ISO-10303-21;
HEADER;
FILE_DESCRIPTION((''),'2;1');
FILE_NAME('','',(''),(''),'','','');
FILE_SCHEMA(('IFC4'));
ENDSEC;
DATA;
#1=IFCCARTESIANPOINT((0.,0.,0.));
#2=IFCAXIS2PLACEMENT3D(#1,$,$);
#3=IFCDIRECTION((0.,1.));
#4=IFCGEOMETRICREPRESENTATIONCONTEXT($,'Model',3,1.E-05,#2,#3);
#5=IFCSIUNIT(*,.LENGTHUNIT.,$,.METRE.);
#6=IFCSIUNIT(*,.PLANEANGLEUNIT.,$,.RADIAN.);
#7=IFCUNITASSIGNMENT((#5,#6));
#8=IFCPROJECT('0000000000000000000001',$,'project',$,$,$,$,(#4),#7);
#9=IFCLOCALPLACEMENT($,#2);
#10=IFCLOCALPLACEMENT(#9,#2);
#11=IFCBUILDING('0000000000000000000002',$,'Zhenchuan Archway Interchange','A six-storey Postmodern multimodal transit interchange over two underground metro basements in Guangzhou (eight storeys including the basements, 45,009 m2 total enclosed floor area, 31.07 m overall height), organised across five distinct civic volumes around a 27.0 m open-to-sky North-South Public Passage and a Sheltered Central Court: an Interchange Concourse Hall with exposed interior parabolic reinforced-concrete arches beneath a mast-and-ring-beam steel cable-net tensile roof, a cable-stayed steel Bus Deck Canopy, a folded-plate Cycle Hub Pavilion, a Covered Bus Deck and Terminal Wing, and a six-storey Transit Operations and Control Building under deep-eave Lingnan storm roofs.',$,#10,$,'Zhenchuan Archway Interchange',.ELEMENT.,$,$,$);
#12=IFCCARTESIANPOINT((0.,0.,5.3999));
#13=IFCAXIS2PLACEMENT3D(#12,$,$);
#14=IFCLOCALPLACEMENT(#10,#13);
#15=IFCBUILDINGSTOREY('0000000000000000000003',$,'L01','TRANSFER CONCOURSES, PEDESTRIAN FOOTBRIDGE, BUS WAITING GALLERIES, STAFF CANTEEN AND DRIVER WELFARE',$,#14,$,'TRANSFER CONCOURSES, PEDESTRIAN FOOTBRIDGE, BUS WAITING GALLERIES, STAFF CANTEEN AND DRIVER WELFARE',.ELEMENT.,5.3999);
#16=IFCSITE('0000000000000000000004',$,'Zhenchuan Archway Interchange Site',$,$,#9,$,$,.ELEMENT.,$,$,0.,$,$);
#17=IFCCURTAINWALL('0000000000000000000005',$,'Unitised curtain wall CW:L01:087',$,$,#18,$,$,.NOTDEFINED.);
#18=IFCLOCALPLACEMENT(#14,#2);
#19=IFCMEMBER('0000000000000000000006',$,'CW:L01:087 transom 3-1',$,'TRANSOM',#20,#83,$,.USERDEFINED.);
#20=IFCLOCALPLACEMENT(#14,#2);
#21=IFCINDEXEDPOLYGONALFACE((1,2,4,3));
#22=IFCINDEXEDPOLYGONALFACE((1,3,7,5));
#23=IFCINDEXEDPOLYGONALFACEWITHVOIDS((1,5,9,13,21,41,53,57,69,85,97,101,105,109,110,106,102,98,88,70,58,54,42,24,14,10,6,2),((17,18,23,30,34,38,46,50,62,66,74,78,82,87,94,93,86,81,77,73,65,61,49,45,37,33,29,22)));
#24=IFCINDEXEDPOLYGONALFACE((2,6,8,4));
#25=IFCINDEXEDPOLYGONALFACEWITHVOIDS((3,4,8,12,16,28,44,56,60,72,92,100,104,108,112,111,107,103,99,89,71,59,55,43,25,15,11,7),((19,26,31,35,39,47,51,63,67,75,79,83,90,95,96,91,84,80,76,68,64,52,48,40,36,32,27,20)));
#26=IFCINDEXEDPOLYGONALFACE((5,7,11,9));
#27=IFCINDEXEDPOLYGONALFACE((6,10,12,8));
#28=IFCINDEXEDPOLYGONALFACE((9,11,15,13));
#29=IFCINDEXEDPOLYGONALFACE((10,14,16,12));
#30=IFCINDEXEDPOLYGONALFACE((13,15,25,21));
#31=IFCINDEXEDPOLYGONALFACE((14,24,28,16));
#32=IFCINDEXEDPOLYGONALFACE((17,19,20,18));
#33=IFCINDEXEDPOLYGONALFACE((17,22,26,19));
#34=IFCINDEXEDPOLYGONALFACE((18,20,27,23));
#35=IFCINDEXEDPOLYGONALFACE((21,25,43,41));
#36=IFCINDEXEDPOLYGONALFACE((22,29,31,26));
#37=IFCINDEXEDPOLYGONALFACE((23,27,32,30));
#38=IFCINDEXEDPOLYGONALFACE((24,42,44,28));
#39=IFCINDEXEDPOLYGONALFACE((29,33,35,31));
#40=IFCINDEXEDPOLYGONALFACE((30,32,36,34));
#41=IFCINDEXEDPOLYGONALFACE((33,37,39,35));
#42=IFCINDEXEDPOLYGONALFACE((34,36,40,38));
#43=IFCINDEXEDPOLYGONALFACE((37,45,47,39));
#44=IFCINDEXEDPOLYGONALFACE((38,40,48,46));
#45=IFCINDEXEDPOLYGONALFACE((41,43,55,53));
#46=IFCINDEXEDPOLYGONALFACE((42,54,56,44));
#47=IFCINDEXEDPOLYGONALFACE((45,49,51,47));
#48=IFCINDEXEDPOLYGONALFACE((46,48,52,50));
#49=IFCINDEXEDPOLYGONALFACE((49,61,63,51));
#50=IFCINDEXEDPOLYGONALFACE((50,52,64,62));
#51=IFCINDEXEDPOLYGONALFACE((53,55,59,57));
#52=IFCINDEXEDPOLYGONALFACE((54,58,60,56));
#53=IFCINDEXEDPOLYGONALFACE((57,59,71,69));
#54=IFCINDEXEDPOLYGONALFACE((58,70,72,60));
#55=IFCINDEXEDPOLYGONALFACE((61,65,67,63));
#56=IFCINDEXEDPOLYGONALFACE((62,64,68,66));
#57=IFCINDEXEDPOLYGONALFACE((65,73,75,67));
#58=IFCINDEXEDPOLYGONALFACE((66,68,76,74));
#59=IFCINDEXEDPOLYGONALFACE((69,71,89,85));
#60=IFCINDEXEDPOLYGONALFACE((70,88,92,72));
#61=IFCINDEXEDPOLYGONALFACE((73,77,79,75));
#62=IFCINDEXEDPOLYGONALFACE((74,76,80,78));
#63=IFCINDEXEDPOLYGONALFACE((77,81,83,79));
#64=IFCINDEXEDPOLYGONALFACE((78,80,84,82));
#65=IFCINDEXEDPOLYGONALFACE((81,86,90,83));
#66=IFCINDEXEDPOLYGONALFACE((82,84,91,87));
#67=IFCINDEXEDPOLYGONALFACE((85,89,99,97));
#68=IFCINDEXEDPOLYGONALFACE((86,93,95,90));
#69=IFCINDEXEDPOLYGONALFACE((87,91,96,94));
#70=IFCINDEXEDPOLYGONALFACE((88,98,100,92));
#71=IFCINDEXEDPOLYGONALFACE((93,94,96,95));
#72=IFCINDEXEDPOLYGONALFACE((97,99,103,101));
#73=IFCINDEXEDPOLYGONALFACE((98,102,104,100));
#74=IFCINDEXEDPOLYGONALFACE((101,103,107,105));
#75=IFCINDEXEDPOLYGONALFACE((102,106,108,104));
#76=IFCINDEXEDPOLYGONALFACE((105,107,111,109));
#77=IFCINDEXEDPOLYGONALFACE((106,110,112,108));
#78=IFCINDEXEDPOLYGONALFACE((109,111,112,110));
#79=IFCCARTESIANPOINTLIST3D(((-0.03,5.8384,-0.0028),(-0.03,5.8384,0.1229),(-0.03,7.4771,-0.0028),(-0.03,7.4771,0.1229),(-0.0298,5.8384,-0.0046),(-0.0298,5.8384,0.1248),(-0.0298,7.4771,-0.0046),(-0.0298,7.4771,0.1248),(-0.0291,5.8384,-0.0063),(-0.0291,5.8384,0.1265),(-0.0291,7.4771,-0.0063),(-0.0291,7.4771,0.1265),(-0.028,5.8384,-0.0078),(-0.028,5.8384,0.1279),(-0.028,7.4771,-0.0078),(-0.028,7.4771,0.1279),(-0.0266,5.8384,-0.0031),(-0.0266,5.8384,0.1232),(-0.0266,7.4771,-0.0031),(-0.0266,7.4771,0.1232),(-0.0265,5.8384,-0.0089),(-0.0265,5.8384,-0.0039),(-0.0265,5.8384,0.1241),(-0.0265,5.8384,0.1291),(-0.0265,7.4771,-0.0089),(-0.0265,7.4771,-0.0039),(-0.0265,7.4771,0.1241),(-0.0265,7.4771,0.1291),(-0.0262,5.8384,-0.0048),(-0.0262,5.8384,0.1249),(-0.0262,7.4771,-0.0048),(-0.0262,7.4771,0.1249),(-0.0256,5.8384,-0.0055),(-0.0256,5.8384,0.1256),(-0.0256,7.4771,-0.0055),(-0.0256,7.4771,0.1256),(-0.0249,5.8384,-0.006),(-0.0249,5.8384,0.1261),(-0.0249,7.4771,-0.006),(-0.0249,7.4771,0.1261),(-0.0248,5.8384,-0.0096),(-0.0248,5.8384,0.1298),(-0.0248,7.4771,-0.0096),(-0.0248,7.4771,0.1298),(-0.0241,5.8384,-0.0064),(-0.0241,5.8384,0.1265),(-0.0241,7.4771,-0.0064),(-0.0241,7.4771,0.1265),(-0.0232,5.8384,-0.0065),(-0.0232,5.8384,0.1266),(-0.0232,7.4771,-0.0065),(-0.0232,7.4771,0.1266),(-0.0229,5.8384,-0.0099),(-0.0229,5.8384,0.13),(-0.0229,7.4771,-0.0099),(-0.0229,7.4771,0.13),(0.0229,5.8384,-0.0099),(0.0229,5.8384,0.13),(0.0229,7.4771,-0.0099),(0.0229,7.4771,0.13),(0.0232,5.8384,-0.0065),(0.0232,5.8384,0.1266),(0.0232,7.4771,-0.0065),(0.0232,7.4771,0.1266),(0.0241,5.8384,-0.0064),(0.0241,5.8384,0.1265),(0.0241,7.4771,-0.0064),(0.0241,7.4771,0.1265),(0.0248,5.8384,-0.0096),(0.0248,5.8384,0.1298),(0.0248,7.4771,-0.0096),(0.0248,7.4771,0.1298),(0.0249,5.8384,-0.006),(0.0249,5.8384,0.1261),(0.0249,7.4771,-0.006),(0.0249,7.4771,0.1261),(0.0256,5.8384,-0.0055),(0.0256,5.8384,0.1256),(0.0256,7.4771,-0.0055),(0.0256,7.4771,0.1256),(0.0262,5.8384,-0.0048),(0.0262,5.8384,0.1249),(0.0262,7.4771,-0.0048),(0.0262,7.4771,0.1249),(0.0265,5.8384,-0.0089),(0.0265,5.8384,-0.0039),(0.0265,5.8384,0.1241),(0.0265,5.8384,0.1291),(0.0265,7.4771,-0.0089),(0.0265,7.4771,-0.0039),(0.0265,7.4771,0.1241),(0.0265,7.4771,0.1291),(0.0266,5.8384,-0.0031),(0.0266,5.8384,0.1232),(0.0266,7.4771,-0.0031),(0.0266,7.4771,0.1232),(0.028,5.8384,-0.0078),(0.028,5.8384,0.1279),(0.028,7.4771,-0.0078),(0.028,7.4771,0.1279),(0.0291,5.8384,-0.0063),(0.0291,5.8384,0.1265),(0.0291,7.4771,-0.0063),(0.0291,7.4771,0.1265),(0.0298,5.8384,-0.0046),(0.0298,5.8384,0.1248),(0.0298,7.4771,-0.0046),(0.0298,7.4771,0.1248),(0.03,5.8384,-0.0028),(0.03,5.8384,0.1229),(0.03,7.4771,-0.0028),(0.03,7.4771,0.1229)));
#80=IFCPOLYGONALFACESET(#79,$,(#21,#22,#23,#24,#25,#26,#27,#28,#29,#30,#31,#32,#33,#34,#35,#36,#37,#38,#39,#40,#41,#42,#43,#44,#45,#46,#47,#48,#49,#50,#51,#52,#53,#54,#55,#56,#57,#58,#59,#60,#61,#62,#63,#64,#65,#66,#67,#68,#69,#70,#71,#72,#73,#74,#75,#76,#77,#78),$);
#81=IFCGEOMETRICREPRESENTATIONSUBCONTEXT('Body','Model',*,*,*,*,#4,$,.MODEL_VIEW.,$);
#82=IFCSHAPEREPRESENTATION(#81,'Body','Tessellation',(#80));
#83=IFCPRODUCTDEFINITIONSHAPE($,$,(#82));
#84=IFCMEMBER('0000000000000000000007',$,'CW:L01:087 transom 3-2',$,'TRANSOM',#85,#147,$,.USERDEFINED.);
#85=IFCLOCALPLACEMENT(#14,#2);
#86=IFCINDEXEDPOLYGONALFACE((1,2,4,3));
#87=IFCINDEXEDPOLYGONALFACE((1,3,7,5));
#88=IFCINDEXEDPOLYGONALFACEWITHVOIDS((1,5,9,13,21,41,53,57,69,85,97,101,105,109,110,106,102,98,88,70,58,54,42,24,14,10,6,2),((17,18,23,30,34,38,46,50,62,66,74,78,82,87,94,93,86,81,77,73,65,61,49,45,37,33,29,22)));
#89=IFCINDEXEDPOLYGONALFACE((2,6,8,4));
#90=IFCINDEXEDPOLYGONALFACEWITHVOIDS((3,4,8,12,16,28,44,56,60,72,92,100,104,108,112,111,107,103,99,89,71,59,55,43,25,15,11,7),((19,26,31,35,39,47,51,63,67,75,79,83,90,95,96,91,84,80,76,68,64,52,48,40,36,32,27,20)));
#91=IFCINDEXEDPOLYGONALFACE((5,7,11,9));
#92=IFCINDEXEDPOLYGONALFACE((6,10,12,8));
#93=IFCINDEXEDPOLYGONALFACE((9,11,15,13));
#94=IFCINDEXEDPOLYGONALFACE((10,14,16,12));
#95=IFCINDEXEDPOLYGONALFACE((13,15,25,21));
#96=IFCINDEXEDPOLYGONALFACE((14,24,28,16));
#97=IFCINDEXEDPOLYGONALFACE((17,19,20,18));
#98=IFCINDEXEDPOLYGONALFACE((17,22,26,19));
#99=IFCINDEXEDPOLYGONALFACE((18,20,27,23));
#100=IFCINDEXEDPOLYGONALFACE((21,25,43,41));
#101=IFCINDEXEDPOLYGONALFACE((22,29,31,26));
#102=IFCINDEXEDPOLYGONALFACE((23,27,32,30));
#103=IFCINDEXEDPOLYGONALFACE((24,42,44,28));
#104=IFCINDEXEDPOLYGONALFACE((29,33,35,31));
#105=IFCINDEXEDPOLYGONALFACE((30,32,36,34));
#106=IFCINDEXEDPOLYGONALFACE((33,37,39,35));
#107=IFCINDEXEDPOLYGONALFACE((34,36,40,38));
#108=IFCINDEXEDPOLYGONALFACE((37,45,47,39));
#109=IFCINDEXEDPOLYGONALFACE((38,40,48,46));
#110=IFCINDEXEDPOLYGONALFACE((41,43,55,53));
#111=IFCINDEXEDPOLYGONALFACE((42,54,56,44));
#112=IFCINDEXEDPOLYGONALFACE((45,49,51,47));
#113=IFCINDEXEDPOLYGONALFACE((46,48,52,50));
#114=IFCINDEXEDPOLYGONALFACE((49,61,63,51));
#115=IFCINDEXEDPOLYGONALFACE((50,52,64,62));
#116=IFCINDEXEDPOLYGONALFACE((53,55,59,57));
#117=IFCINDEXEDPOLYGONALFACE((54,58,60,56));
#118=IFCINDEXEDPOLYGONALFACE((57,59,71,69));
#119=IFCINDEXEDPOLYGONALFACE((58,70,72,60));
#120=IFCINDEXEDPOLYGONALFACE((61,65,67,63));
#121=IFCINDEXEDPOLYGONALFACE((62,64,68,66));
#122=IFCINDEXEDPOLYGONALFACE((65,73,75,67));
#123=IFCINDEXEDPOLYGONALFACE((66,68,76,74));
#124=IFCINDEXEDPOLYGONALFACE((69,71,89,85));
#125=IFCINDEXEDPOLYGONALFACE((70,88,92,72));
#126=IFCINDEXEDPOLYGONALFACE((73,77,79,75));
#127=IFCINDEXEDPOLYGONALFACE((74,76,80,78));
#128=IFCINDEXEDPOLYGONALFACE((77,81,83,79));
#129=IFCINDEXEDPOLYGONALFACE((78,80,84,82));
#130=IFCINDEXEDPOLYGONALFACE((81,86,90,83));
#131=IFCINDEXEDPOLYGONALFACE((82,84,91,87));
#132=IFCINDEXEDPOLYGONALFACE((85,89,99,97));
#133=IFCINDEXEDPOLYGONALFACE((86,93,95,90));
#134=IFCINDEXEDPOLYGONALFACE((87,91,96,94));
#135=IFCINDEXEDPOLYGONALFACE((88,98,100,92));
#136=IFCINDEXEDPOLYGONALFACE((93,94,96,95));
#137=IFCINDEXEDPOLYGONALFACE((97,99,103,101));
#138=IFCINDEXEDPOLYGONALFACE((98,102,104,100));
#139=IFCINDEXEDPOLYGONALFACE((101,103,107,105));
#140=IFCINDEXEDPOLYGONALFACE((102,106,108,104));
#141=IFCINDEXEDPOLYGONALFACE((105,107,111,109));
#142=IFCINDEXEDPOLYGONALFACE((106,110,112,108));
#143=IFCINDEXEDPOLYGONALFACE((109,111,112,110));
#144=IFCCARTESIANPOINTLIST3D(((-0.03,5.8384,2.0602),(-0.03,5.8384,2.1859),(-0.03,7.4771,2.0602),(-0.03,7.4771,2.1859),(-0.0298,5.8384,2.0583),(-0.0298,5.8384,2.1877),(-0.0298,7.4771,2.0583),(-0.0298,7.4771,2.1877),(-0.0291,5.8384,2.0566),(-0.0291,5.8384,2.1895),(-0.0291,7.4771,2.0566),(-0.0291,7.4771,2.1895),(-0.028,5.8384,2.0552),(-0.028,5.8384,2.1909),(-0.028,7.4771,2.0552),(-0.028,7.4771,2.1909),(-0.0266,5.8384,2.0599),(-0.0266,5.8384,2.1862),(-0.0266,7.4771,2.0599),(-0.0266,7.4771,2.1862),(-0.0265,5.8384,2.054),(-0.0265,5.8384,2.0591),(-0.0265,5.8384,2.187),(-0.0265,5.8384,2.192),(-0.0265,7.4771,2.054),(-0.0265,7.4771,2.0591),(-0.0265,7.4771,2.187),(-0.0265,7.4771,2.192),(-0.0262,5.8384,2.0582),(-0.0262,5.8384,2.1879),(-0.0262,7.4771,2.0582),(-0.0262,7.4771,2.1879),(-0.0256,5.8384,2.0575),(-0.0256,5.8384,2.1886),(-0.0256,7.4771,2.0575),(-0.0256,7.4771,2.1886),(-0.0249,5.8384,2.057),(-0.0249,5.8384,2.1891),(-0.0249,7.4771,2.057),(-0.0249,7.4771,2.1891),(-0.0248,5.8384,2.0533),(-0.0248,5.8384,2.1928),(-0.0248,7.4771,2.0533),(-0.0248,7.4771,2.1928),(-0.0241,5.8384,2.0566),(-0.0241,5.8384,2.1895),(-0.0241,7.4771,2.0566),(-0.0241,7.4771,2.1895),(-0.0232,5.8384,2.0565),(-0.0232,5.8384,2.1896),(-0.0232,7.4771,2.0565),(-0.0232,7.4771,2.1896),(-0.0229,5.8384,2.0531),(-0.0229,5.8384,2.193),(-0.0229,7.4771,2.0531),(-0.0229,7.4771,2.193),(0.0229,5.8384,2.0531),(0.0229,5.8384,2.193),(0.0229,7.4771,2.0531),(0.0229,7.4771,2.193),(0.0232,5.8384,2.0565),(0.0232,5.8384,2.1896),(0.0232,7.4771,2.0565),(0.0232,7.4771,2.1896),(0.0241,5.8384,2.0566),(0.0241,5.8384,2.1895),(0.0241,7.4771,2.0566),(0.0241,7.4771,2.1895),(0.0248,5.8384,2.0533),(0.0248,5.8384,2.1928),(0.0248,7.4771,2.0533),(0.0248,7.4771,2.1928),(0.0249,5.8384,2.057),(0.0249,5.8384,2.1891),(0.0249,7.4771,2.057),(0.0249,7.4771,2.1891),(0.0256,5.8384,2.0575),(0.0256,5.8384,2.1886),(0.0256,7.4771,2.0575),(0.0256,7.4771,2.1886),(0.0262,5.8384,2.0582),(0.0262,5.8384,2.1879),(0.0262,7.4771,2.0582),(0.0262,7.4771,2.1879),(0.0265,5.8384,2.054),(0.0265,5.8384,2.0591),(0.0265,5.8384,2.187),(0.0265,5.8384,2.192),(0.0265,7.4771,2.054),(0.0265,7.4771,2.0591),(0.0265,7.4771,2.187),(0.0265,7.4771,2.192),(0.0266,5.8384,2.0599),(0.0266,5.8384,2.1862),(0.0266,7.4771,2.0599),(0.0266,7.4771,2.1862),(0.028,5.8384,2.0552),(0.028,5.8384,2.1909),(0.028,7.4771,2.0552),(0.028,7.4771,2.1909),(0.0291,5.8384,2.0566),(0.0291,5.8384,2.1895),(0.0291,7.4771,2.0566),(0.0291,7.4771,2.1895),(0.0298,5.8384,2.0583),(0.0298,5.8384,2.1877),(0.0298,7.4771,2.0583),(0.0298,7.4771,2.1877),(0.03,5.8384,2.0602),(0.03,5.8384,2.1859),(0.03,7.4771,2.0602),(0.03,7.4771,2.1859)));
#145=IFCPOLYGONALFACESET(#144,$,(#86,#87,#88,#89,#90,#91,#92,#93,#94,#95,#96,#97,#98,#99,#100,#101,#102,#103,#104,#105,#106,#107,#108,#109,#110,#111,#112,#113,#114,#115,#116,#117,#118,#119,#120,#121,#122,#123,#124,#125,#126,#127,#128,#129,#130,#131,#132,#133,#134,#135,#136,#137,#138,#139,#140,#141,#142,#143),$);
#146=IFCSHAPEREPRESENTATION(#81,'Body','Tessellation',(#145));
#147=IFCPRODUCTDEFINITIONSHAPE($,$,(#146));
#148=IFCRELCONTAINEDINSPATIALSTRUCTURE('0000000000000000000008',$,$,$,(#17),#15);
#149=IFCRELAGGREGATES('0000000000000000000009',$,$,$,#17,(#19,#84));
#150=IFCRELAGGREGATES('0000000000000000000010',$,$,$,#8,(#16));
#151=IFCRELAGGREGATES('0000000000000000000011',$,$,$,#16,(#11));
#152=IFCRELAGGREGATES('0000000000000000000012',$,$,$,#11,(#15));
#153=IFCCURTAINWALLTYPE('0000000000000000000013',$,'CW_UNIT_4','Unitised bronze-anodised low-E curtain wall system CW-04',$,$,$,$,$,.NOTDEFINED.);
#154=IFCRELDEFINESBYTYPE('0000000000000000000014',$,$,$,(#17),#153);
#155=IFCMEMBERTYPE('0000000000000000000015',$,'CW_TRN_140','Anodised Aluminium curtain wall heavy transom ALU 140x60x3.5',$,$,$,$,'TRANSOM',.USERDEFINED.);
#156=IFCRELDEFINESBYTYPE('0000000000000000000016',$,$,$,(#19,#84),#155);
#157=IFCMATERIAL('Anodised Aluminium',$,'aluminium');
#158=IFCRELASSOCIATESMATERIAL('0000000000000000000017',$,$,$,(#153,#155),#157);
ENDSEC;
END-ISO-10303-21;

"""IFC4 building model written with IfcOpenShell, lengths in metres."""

from ifc_helpers import new_model, si_unit, direction, frame, origin, origin_2d, place, context, subcontext, project, spatial, hollow_rectangle, extrude, material, material_profile, profile_set, type_object, element, aggregate, save


model = new_model("IFC4")

# Units and contexts
model_context = context("Model", 3, precision=1e-05, world=origin(), true_north=direction((0.0, 1.0)))
body_context = subcontext(model_context, "Body", "Model", "MODEL_VIEW")
ifc_project = project(units=[si_unit("LENGTHUNIT", "METRE"), si_unit("PLANEANGLEUNIT", "RADIAN")], contexts=[model_context])

# Site, building, storey
site_placement = place(None, origin())
site = spatial("IfcSite", under=ifc_project, at=site_placement, Name="Zhenchuan Archway Interchange Site", CompositionType="ELEMENT", RefElevation=0.0)
building_placement = place(site_placement, origin())
building = spatial("IfcBuilding", under=site, at=building_placement, Name="Zhenchuan Archway Interchange", Description="A six-storey Postmodern multimodal transit interchange over two underground metro basements in Guangzhou (eight storeys including the basements, 45,009 m2 total enclosed floor area, 31.07 m overall height), organised across five distinct civic volumes around a 27.0 m open-to-sky North-South Public Passage and a Sheltered Central Court: an Interchange Concourse Hall with exposed interior parabolic reinforced-concrete arches beneath a mast-and-ring-beam steel cable-net tensile roof, a cable-stayed steel Bus Deck Canopy, a folded-plate Cycle Hub Pavilion, a Covered Bus Deck and Terminal Wing, and a six-storey Transit Operations and Control Building under deep-eave Lingnan storm roofs.", LongName="Zhenchuan Archway Interchange", CompositionType="ELEMENT")
storey_placement = place(building_placement, frame((0.0, 0.0, 5.3999)))
storey = spatial("IfcBuildingStorey", under=building, at=storey_placement, Name="L01", Description="TRANSFER CONCOURSES, PEDESTRIAN FOOTBRIDGE, BUS WAITING GALLERIES, STAFF CANTEEN AND DRIVER WELFARE", LongName="TRANSFER CONCOURSES, PEDESTRIAN FOOTBRIDGE, BUS WAITING GALLERIES, STAFF CANTEEN AND DRIVER WELFARE", CompositionType="ELEMENT", Elevation=5.3999)

# Curtain wall
ifc_material_1 = material(Name="Anodised Aluminium", Category="aluminium")
curtain_wall_type_1 = type_object("IfcCurtainWallType", Name="CW_UNIT_4", Description="Unitised bronze-anodised low-E curtain wall system CW-04", PredefinedType="NOTDEFINED", material=ifc_material_1)
curtain_wall_1_placement = place(storey_placement, origin())
curtain_wall_1 = element("IfcCurtainWall", 1, at=curtain_wall_1_placement, inside=storey, type_object=curtain_wall_type_1, Name="Unitised curtain wall CW:L01:087", PredefinedType="NOTDEFINED")

# Members
ifc_material_profile_1 = material_profile(ifc_material_1, hollow_rectangle(XDim=0.0601, YDim=0.1399, WallThickness=0.0034, InnerFilletRadius=0.0034, OuterFilletRadius=0.0071, at=origin_2d()), Name="ALU 140x60x3.5")
ifc_profile_set_1 = profile_set([ifc_material_profile_1], Name="Anodised Aluminium")
member_type_1 = type_object("IfcMemberType", Name="CW_TRN_140", Description="Anodised Aluminium curtain wall heavy transom ALU 140x60x3.5", ElementType="TRANSOM", PredefinedType="USERDEFINED", material=ifc_profile_set_1)
member_1_placement = place(storey_placement, frame((0.0, 5.8384, 0.0601), z_axis=(0.0, 1.0, 0.0), x_axis=(-1.0, 0.0, 0.0)))
member_1 = element("IfcMember", 2, at=member_1_placement, type_object=member_type_1, Name="CW:L01:087 transom 3-1", ObjectType="TRANSOM", PredefinedType="USERDEFINED", context=body_context, shape_type="SweptSolid", body=[
    extrude(hollow_rectangle(XDim=0.0601, YDim=0.1399, WallThickness=0.0034, InnerFilletRadius=0.0034, OuterFilletRadius=0.0071, at=origin_2d()), origin(), (0.0, 0.0, 1.0), 1.6387),
])
member_2_placement = place(storey_placement, frame((0.0, 5.8384, 2.123), z_axis=(0.0, 1.0, 0.0), x_axis=(-1.0, 0.0, 0.0)))
member_2 = element("IfcMember", 3, at=member_2_placement, type_object=member_type_1, Name="CW:L01:087 transom 3-2", ObjectType="TRANSOM", PredefinedType="USERDEFINED", context=body_context, shape_type="SweptSolid", body=[
    extrude(hollow_rectangle(XDim=0.0601, YDim=0.1399, WallThickness=0.0034, InnerFilletRadius=0.0034, OuterFilletRadius=0.0071, at=origin_2d()), origin(), (0.0, 0.0, 1.0), 1.6387),
])

aggregate(curtain_wall_1, [member_1, member_2])

save(model, "model.ifc")
